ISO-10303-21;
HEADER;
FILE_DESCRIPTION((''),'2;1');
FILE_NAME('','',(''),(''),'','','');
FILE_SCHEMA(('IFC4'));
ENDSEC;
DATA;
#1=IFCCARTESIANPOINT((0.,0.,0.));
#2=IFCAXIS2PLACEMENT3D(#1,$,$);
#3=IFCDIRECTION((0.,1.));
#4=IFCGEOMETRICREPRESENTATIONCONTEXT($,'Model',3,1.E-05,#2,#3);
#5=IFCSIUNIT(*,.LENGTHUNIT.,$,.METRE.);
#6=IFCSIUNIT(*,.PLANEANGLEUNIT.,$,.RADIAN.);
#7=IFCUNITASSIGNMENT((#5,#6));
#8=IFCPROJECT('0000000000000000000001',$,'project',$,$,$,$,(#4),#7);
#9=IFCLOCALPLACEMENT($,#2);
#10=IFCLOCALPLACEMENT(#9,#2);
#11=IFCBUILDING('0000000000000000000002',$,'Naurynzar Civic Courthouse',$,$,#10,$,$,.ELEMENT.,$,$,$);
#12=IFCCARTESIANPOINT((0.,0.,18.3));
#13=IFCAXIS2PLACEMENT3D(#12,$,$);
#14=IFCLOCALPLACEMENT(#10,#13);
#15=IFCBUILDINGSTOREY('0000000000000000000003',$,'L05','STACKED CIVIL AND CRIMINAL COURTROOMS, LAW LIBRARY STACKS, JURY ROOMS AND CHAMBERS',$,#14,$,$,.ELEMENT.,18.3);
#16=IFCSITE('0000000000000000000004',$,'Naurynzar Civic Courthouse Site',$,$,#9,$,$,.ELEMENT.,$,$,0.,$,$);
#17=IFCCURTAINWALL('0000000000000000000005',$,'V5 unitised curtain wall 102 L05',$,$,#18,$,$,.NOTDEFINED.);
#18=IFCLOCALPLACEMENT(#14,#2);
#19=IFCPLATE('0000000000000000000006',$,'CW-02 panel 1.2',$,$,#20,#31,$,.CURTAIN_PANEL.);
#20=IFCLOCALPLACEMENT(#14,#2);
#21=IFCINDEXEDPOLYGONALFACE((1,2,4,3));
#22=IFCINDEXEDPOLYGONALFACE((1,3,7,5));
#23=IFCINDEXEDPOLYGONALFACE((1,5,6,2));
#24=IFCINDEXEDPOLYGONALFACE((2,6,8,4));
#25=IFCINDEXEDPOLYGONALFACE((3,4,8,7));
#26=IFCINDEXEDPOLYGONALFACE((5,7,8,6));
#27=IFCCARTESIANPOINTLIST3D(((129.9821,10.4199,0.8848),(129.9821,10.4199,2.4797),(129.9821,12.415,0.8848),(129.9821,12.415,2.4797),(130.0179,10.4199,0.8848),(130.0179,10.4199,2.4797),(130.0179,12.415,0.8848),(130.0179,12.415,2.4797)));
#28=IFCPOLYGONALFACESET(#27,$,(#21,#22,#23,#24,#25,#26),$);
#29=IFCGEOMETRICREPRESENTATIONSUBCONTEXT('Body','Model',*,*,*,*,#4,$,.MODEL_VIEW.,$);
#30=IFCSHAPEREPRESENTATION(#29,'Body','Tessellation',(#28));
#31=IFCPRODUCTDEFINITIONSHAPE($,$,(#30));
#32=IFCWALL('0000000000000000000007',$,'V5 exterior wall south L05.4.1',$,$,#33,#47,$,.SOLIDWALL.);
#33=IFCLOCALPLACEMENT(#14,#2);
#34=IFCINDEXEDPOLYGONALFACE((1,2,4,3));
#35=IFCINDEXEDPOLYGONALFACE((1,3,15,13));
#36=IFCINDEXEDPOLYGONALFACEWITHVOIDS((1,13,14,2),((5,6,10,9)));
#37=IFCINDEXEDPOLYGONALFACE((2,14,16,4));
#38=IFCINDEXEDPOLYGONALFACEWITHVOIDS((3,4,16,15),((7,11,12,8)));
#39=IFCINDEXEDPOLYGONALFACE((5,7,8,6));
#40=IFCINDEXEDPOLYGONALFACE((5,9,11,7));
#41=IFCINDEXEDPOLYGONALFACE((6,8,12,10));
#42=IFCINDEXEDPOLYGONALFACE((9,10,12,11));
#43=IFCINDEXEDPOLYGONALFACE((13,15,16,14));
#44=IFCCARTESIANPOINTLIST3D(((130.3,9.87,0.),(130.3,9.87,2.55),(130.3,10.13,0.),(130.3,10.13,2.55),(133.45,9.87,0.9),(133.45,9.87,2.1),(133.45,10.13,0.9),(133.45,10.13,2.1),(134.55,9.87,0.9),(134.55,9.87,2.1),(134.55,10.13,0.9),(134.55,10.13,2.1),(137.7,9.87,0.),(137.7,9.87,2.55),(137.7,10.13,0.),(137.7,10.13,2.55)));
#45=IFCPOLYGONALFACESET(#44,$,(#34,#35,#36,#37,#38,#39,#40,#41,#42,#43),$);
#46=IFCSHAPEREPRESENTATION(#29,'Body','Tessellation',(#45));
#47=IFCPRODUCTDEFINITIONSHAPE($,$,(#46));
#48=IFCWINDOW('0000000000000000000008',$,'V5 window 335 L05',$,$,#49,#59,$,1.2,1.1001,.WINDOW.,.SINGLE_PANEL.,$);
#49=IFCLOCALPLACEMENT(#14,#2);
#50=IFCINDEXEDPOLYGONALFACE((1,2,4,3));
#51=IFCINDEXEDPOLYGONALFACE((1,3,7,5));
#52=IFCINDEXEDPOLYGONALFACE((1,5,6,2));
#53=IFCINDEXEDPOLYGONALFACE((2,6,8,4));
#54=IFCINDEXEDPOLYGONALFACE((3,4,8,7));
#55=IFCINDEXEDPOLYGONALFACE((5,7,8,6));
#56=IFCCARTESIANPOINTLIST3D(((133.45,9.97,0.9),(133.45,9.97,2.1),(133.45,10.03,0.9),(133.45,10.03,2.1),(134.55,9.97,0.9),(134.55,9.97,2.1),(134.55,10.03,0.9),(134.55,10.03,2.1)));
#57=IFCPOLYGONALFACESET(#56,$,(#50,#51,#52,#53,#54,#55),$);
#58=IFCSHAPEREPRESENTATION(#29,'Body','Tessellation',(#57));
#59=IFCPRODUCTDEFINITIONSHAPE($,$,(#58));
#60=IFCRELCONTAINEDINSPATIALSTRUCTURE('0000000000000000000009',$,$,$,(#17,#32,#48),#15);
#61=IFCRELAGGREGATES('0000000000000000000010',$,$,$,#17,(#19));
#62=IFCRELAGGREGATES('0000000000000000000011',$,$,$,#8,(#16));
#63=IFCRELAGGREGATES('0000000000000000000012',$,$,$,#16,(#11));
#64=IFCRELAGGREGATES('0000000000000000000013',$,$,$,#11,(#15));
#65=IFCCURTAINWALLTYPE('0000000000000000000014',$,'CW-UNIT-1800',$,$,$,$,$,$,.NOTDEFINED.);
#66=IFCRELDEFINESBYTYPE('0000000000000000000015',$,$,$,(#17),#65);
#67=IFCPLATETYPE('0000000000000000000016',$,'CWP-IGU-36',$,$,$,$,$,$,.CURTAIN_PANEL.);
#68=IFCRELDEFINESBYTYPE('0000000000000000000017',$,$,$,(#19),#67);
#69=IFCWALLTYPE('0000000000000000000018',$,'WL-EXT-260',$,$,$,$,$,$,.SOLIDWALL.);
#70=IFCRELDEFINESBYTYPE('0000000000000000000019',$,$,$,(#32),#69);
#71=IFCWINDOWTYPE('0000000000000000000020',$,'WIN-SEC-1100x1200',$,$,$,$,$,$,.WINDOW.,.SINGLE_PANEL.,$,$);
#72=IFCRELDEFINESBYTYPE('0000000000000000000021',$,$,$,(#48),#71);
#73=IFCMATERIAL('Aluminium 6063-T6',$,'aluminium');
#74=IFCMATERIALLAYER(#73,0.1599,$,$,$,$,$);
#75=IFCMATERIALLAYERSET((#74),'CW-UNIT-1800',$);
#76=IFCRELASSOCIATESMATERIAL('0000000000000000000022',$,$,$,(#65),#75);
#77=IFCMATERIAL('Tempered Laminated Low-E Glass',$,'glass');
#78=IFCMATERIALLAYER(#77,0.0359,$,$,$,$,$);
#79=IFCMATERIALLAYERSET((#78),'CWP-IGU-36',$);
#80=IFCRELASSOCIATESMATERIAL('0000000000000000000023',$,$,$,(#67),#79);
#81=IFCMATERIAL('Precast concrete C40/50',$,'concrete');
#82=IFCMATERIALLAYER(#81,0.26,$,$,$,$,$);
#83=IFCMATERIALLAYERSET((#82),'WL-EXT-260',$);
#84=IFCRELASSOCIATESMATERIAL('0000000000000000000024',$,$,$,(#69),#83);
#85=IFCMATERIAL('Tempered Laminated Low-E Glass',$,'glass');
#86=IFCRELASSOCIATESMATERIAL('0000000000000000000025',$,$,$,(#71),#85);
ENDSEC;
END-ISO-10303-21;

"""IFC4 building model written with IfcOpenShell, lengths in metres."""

from ifc_helpers import new_model, si_unit, direction, frame, frame_2d, origin, origin_2d, place, context, subcontext, project, spatial, rectangle, extrude, material, layer, layer_set, type_object, element, fill, aggregate, save


model = new_model("IFC4")

# Units and contexts
model_context = context("Model", 3, precision=1e-05, world=origin(), true_north=direction((0.0, 1.0)))
body_context = subcontext(model_context, "Body", "Model", "MODEL_VIEW")
ifc_project = project(units=[si_unit("LENGTHUNIT", "METRE"), si_unit("PLANEANGLEUNIT", "RADIAN")], contexts=[model_context])

# Site, building, storey
site_placement = place(None, origin())
site = spatial("IfcSite", under=ifc_project, at=site_placement, Name="Naurynzar Civic Courthouse Site", CompositionType="ELEMENT", RefElevation=0.0)
building_placement = place(site_placement, origin())
building = spatial("IfcBuilding", under=site, at=building_placement, Name="Naurynzar Civic Courthouse", CompositionType="ELEMENT")
storey_placement = place(building_placement, frame((0.0, 0.0, 18.3)))
storey = spatial("IfcBuildingStorey", under=building, at=storey_placement, Name="L05", Description="STACKED CIVIL AND CRIMINAL COURTROOMS, LAW LIBRARY STACKS, JURY ROOMS AND CHAMBERS", CompositionType="ELEMENT", Elevation=18.3)

# Curtain wall, plate
ifc_material_1 = material(Name="Aluminium 6063-T6", Category="aluminium")
ifc_layer_1 = layer(ifc_material_1, 0.1599)
ifc_layer_set_1 = layer_set([ifc_layer_1], Name="CW-UNIT-1800")
curtain_wall_type = type_object("IfcCurtainWallType", Name="CW-UNIT-1800", PredefinedType="NOTDEFINED", material=ifc_layer_set_1)
curtain_wall_placement = place(storey_placement, origin())
curtain_wall = element("IfcCurtainWall", 1, at=curtain_wall_placement, inside=storey, type_object=curtain_wall_type, Name="V5 unitised curtain wall 102 L05", PredefinedType="NOTDEFINED")
ifc_material_2 = material(Name="Tempered Laminated Low-E Glass", Category="glass")
ifc_layer_2 = layer(ifc_material_2, 0.0359)
ifc_layer_set_2 = layer_set([ifc_layer_2], Name="CWP-IGU-36")
plate_type = type_object("IfcPlateType", Name="CWP-IGU-36", PredefinedType="CURTAIN_PANEL", material=ifc_layer_set_2)
plate_1_placement = place(storey_placement, frame((130.0, 11.4175, 0.8848), z_axis=(0.0, 0.0, 1.0), x_axis=(0.0, 1.0, 0.0)))
plate_1 = element("IfcPlate", 2, at=plate_1_placement, type_object=plate_type, Name="CW-02 panel 1.2", PredefinedType="CURTAIN_PANEL", context=body_context, shape_type="SweptSolid", body=[
    extrude(rectangle(XDim=1.9951, YDim=0.0359, at=origin_2d()), origin(), (0.0, 0.0, 1.0), 1.595),
])
aggregate(curtain_wall, [plate_1])

# Wall, opening, window
ifc_material_3 = material(Name="Precast concrete C40/50", Category="concrete")
ifc_layer_3 = layer(ifc_material_3, 0.26)
ifc_layer_set_3 = layer_set([ifc_layer_3], Name="WL-EXT-260")
wall_type = type_object("IfcWallType", Name="WL-EXT-260", PredefinedType="SOLIDWALL", material=ifc_layer_set_3)
wall_placement = place(storey_placement, frame((137.7, 10.0, 0.0), z_axis=(0.0, 0.0, 1.0), x_axis=(-1.0, 0.0, 0.0)))
wall = element("IfcWall", 3, at=wall_placement, inside=storey, type_object=wall_type, Name="V5 exterior wall south L05.4.1", PredefinedType="SOLIDWALL", context=body_context, shape_type="SweptSolid", body=[
    extrude(rectangle(XDim=7.3999, YDim=0.26, at=frame_2d((3.7, 0.0))), origin(), (0.0, 0.0, 1.0), 2.55),
])
opening_placement = place(wall_placement, frame((3.1499, 0.0, 0.8999)))
opening = element("IfcOpeningElement", 4, at=opening_placement, cuts=wall, PredefinedType="OPENING", context=body_context, shape_type="SweptSolid", body=[
    extrude(rectangle(XDim=1.1001, YDim=1.2, at=frame_2d((0.55, 0.6001))), frame((0.0, 0.1399, 0.0), z_axis=(0.0, -1.0, 0.0), x_axis=(1.0, 0.0, 0.0)), (0.0, 0.0, 1.0), 0.28),
])
ifc_material_4 = material(Name="Tempered Laminated Low-E Glass", Category="glass")
window_type = type_object("IfcWindowType", Name="WIN-SEC-1100x1200", PartitioningType="SINGLE_PANEL", PredefinedType="WINDOW", material=ifc_material_4)
window_placement = place(opening_placement, origin())
window = element("IfcWindow", 5, at=window_placement, inside=storey, type_object=window_type, Name="V5 window 335 L05", OverallHeight=1.2, OverallWidth=1.1001, PartitioningType="SINGLE_PANEL", PredefinedType="WINDOW", context=body_context, shape_type="SweptSolid", body=[
    extrude(rectangle(XDim=1.1001, YDim=1.2, at=frame_2d((0.55, 0.6001))), frame((0.0, 0.03, 0.0), z_axis=(0.0, -1.0, 0.0), x_axis=(1.0, 0.0, 0.0)), (0.0, 0.0, 1.0), 0.0601),
])
fill(opening, window)

save(model, "model.ifc")
